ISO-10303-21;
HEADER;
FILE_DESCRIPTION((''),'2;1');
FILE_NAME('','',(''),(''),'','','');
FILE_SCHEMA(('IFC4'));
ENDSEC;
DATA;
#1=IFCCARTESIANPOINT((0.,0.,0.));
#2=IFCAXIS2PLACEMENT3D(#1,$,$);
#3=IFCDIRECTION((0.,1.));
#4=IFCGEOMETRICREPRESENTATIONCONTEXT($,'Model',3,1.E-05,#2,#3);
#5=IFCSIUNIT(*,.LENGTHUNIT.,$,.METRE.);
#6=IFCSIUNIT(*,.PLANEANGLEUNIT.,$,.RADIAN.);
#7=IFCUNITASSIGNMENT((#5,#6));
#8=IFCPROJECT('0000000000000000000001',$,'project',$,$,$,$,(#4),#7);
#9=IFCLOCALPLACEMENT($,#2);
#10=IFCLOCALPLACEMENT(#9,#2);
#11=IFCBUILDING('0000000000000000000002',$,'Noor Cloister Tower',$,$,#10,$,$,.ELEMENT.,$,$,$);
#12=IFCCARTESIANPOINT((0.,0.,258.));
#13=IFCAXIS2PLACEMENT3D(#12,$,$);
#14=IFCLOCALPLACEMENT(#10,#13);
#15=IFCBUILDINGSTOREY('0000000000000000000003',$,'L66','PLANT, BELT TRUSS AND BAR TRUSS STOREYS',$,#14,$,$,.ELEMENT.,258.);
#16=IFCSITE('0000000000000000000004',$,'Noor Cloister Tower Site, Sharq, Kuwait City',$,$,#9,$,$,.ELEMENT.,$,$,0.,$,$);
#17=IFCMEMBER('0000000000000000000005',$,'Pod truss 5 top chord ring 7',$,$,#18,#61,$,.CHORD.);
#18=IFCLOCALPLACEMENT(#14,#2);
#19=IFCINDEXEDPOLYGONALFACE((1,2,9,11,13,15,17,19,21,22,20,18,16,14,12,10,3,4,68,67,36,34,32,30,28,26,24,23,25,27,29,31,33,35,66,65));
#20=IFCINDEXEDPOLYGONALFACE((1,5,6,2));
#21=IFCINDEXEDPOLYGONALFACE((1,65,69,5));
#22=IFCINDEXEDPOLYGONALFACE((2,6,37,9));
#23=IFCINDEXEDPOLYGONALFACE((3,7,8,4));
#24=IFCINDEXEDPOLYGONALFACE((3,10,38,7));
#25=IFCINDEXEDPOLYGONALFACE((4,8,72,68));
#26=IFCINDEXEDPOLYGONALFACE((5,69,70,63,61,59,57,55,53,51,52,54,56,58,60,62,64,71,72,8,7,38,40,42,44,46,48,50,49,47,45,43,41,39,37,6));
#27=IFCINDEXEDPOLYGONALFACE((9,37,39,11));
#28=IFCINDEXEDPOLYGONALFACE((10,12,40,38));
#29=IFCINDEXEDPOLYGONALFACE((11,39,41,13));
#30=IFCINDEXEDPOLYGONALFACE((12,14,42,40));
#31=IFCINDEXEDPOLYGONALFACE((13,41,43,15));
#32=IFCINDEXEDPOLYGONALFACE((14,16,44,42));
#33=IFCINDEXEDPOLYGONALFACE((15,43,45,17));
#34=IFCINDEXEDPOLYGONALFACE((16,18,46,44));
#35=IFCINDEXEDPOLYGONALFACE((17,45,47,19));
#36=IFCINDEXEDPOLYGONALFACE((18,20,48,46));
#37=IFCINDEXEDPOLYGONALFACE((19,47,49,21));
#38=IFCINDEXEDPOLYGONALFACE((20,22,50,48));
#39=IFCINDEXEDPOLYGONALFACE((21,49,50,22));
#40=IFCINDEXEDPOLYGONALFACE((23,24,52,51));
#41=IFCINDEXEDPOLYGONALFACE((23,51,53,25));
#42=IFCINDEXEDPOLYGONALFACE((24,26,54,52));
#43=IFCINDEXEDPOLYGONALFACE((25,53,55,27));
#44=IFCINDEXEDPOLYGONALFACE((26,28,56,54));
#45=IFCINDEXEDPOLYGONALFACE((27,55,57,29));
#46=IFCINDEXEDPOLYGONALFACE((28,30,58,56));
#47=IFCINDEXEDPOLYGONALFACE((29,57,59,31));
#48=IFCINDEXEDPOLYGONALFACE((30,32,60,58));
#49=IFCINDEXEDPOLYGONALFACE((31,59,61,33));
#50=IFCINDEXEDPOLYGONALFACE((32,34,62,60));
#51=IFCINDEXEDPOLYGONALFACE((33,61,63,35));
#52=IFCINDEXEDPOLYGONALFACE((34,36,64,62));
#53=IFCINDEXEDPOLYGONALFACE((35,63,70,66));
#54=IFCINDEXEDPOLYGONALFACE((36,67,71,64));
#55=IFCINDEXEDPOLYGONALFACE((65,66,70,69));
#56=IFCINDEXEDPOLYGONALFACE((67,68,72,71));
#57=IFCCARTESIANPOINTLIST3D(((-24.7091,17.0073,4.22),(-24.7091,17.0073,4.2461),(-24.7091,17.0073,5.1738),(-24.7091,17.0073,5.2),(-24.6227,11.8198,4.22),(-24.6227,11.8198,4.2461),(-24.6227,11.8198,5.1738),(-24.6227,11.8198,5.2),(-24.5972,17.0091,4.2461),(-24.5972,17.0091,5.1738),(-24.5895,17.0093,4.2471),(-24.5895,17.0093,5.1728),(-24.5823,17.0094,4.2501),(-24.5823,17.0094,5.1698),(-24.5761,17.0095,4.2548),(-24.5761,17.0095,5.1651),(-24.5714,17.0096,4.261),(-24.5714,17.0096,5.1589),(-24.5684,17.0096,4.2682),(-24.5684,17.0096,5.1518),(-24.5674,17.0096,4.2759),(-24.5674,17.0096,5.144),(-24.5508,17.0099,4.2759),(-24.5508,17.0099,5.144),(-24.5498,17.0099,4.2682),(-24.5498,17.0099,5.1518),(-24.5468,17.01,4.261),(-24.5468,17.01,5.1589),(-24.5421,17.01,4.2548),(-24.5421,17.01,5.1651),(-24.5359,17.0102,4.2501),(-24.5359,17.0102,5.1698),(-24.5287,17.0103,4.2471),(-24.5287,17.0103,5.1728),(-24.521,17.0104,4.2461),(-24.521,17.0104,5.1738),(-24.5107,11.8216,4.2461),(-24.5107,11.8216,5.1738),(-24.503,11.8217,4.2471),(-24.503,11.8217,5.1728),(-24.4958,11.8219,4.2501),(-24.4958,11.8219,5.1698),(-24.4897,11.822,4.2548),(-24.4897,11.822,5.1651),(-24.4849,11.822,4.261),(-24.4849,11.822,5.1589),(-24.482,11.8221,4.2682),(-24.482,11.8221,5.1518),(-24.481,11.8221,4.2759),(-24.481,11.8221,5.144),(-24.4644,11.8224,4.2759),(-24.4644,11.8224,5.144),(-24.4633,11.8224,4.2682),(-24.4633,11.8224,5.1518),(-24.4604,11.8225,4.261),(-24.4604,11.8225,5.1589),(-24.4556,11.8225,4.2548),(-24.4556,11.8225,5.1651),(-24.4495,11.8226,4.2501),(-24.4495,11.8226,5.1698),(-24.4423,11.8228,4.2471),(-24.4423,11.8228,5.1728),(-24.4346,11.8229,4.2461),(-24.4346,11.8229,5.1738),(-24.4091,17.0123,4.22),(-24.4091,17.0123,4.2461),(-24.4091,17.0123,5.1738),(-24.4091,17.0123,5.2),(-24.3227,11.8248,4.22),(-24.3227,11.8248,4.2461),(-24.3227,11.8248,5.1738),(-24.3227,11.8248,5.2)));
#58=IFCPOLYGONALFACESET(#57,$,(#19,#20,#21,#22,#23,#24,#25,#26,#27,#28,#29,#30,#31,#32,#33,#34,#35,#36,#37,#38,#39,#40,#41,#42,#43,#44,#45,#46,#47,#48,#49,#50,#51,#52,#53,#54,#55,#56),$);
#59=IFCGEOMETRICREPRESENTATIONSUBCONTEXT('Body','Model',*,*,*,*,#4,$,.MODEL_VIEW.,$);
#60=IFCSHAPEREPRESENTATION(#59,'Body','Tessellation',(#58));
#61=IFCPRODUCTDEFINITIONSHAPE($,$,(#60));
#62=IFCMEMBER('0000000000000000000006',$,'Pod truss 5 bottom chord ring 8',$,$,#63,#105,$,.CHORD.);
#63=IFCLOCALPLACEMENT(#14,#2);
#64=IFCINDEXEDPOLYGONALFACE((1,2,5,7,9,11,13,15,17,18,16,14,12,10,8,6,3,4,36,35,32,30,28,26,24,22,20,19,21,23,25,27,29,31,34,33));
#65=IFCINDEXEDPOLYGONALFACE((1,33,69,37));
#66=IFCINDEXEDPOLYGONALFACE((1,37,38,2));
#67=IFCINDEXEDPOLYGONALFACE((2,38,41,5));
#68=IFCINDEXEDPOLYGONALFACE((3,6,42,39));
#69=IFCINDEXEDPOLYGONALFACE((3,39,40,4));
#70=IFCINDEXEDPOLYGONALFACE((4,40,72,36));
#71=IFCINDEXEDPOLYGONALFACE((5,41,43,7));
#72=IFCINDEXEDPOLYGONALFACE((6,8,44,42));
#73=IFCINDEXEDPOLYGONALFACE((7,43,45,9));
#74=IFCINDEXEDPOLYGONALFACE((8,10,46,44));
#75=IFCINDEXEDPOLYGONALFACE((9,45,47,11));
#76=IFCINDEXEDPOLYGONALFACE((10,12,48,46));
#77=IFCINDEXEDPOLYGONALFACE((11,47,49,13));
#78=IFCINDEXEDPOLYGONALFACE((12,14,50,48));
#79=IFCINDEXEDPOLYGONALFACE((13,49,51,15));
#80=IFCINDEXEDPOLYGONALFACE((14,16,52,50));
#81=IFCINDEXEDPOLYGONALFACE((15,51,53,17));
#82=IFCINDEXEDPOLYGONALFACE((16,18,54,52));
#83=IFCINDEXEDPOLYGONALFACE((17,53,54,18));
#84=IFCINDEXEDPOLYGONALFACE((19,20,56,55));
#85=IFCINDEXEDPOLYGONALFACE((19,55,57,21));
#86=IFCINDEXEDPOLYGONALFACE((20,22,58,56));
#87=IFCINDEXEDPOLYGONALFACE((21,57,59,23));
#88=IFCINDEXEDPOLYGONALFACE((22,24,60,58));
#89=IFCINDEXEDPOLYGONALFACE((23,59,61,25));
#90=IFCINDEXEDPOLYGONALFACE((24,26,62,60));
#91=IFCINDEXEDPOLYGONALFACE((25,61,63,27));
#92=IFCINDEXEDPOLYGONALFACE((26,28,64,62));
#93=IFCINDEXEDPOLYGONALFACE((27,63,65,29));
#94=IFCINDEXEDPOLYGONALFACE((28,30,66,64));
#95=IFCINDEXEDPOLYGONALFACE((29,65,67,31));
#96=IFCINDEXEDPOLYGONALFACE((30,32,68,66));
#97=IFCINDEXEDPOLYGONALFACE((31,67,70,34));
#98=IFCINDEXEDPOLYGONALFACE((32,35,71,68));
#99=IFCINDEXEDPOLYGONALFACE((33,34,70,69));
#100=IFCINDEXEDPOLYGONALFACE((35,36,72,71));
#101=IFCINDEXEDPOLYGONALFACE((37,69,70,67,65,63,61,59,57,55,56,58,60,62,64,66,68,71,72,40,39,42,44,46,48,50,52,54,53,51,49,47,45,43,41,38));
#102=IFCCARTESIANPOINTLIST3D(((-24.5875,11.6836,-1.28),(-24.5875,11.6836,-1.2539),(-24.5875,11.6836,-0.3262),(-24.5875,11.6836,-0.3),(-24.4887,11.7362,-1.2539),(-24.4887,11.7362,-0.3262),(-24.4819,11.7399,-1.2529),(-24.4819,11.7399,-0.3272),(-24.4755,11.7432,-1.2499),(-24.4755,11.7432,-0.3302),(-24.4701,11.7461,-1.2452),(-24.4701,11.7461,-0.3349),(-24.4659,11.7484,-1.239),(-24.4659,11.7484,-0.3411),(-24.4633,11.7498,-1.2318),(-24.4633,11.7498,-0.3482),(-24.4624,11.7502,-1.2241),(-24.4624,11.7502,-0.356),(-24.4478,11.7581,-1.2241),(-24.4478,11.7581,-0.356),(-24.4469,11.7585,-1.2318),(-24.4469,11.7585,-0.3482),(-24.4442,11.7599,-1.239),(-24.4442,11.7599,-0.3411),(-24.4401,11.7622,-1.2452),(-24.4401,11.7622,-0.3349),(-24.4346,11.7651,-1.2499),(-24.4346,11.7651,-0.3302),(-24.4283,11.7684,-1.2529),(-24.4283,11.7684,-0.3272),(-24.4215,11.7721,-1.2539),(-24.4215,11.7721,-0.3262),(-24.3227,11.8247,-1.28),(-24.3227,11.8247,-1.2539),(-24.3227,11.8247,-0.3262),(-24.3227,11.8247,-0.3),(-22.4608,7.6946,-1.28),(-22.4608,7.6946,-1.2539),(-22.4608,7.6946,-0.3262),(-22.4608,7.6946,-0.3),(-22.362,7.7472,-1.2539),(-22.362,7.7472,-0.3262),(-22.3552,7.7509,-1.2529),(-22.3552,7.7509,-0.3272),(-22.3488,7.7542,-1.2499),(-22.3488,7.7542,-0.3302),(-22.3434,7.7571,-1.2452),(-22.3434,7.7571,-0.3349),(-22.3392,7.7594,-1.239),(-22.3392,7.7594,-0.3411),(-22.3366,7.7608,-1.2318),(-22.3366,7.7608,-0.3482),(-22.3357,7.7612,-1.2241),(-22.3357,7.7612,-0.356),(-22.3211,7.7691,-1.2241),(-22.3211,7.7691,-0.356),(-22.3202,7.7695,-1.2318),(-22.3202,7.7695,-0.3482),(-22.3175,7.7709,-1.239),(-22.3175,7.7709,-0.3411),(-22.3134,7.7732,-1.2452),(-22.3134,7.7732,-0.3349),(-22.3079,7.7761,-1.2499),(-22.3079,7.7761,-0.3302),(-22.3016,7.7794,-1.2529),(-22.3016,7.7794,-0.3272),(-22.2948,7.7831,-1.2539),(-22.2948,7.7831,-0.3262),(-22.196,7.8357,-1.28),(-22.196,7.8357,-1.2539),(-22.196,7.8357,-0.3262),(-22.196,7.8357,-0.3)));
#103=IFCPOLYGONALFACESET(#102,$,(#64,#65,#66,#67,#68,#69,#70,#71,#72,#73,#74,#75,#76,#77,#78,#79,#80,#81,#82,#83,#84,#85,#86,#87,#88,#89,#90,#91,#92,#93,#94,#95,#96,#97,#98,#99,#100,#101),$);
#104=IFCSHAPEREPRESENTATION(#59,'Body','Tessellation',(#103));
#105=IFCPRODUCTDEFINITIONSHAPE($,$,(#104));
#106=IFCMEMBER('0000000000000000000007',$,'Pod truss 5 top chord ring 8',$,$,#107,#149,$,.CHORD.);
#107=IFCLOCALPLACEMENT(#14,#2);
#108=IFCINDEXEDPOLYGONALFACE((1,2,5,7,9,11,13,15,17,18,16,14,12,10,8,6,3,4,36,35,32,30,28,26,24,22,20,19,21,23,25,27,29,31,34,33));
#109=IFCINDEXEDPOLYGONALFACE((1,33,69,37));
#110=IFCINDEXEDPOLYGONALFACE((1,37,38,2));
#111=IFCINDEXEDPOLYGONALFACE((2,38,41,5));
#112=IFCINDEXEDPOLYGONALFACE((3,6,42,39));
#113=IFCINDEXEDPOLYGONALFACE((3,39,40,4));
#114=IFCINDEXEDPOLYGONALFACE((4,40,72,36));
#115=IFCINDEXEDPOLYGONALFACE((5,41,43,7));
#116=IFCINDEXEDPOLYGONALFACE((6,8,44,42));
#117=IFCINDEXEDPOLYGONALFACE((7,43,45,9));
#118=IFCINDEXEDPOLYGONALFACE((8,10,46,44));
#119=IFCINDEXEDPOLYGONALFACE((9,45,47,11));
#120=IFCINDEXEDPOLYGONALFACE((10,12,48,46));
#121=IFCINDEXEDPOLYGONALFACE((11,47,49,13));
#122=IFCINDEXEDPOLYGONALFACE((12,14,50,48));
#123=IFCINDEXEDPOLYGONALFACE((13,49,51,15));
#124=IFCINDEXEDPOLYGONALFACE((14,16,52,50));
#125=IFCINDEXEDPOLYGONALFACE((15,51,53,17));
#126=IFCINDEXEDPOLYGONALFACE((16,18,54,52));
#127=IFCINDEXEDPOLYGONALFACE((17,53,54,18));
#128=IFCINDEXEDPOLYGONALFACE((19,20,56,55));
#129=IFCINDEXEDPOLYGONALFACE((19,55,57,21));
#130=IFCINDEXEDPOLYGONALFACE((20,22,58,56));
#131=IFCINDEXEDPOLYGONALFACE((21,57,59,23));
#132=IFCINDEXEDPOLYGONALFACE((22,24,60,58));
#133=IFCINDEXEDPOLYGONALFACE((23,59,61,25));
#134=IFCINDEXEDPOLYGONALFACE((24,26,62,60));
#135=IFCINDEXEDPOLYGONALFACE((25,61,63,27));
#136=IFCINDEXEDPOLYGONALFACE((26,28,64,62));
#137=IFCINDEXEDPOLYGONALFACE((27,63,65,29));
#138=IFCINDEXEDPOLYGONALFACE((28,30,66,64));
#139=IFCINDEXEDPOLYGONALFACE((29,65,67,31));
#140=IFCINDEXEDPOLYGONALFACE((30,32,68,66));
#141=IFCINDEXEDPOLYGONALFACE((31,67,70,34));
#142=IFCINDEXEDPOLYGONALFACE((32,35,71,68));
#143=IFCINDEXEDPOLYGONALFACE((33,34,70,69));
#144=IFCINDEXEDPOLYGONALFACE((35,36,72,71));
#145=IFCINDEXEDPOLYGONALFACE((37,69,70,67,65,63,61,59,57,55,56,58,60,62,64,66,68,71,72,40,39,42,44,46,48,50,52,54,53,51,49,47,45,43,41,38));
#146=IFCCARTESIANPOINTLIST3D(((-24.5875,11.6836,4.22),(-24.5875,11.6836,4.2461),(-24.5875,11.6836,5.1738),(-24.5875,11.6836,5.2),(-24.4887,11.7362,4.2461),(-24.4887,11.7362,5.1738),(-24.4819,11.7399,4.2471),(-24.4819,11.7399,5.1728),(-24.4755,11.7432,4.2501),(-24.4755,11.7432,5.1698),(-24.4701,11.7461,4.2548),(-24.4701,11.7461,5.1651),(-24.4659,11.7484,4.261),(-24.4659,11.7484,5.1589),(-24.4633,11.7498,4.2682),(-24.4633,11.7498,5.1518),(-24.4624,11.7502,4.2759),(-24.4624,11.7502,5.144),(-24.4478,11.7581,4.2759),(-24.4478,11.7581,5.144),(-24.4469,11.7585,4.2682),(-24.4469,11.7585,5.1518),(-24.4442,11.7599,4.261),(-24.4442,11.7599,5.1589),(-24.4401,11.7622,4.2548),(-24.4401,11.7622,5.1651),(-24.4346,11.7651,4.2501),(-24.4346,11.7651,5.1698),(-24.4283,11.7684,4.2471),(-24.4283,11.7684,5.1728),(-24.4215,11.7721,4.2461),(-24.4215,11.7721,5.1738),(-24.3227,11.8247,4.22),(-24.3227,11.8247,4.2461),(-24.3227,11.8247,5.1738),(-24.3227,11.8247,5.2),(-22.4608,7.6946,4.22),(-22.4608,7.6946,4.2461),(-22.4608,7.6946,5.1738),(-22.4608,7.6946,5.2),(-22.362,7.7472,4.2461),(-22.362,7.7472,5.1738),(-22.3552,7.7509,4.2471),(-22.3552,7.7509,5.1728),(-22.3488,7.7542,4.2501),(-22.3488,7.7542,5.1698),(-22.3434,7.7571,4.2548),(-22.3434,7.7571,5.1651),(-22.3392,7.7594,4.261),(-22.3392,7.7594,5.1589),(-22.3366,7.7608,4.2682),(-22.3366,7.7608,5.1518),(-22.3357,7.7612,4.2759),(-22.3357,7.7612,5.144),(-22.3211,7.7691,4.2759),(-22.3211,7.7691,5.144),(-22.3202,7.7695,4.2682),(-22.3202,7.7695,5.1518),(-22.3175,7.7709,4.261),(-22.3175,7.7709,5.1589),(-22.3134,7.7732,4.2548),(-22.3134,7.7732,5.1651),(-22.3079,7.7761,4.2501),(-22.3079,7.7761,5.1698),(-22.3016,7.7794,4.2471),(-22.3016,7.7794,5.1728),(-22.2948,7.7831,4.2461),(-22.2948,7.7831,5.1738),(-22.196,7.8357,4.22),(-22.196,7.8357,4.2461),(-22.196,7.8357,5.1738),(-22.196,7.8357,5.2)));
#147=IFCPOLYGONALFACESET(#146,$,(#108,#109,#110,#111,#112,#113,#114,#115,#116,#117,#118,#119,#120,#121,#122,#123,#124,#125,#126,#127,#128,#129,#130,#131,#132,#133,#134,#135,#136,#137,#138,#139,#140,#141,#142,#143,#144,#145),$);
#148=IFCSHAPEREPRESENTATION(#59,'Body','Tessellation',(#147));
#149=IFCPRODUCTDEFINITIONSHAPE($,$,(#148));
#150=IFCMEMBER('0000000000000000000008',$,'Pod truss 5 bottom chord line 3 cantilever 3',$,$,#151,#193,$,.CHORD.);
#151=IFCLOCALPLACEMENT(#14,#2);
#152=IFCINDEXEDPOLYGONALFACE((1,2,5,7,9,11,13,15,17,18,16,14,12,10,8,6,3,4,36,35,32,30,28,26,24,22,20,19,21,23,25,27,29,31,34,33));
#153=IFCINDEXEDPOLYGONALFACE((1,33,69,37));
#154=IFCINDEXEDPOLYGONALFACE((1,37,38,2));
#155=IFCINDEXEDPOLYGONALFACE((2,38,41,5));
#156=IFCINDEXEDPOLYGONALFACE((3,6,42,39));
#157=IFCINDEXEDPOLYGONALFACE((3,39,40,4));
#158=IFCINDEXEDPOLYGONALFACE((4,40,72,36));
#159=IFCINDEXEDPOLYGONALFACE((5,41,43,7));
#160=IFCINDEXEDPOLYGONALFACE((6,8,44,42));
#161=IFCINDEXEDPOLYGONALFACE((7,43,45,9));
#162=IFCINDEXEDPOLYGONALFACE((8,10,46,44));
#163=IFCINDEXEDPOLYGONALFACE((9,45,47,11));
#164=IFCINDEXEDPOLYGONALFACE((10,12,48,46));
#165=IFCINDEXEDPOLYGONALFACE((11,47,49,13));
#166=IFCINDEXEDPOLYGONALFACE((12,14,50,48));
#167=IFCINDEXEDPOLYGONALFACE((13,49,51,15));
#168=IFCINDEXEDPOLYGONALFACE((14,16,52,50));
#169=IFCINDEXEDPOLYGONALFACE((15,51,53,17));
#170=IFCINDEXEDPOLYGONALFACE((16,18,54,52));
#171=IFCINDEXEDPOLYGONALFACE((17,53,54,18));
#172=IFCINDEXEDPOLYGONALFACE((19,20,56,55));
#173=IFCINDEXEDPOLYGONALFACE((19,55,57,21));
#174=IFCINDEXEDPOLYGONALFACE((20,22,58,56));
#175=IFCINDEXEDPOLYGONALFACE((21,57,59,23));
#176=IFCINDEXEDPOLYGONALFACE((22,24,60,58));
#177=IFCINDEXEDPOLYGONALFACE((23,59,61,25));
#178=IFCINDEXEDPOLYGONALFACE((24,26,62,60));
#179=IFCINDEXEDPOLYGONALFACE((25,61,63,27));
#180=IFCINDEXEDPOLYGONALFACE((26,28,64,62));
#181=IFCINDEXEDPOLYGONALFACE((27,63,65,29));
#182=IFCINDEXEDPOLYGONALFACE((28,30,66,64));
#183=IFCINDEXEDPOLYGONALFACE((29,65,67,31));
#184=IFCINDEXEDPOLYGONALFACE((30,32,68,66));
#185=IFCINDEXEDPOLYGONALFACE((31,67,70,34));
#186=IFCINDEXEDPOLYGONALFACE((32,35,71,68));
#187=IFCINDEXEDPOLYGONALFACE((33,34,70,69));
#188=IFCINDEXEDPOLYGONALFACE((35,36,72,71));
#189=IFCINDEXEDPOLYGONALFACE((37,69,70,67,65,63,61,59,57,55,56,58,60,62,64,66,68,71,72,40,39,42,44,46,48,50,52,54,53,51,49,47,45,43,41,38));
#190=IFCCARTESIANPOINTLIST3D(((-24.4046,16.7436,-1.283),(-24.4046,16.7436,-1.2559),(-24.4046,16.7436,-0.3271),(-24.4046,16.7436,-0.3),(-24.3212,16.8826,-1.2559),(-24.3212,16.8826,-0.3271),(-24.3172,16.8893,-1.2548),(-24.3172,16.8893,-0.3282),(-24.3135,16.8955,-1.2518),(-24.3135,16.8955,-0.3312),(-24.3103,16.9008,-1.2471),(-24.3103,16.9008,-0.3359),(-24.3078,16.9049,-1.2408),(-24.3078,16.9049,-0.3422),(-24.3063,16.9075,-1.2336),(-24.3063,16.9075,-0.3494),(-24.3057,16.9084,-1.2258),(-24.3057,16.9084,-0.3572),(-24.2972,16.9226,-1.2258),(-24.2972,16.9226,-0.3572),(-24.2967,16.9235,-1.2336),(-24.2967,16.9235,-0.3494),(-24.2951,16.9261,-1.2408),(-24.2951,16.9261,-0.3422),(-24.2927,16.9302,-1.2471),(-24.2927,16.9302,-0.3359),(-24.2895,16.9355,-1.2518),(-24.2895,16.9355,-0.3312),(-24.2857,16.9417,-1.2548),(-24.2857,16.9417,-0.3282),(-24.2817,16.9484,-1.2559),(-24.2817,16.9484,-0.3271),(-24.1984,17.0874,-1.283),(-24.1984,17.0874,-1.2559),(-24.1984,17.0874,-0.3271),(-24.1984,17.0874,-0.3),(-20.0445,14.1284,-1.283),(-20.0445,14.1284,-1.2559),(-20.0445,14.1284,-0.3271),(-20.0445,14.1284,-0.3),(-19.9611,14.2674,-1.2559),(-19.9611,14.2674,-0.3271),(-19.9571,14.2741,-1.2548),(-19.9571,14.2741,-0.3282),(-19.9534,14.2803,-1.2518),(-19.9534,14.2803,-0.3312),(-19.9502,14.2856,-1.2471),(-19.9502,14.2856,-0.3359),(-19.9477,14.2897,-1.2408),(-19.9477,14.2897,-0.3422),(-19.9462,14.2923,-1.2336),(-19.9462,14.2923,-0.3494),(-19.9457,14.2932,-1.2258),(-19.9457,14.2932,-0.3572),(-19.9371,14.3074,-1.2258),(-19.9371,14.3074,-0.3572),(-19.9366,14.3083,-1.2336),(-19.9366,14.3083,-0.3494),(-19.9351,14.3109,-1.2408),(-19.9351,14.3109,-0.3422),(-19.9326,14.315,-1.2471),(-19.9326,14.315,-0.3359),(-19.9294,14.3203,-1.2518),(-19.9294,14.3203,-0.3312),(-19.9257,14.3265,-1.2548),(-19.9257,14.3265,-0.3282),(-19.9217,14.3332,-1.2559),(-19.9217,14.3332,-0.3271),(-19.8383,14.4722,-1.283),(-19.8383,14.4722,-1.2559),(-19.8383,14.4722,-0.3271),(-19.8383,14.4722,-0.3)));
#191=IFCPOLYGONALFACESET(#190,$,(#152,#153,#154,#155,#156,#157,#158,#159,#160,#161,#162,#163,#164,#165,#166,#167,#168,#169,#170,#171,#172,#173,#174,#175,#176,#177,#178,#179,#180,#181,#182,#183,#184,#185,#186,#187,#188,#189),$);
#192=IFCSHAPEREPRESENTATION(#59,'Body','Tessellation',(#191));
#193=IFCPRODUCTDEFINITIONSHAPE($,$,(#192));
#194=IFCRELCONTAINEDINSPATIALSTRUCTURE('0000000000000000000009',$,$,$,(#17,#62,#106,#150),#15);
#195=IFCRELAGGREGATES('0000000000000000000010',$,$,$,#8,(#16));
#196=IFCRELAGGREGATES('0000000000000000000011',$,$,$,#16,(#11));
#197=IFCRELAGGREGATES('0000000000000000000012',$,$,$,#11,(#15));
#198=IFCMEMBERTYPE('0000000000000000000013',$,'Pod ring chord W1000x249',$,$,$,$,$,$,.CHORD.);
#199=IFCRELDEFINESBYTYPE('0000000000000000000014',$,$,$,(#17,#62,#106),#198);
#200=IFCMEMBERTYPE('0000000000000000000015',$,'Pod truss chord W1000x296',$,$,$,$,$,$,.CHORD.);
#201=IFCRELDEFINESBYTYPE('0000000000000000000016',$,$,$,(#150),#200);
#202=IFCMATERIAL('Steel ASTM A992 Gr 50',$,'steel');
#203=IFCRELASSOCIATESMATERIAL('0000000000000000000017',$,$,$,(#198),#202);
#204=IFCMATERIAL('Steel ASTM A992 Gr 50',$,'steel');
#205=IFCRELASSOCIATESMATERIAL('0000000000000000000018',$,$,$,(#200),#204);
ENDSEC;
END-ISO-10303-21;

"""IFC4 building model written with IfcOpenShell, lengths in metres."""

from ifc_helpers import new_model, si_unit, direction, frame, origin, origin_2d, place, context, subcontext, project, spatial, i_section, extrude, material, material_profile, profile_set, type_object, element, save


model = new_model("IFC4")

# Units and contexts
model_context = context("Model", 3, precision=1e-05, world=origin(), true_north=direction((0.0, 1.0)))
body_context = subcontext(model_context, "Body", "Model", "MODEL_VIEW")
ifc_project = project(units=[si_unit("LENGTHUNIT", "METRE"), si_unit("PLANEANGLEUNIT", "RADIAN")], contexts=[model_context])

# Site, building, storey
site_placement = place(None, origin())
site = spatial("IfcSite", under=ifc_project, at=site_placement, Name="Noor Cloister Tower Site, Sharq, Kuwait City", CompositionType="ELEMENT", RefElevation=0.0)
building_placement = place(site_placement, origin())
building = spatial("IfcBuilding", under=site, at=building_placement, Name="Noor Cloister Tower", CompositionType="ELEMENT")
storey_placement = place(building_placement, frame((0.0, 0.0, 258.0)))
storey = spatial("IfcBuildingStorey", under=building, at=storey_placement, Name="L66", Description="PLANT, BELT TRUSS AND BAR TRUSS STOREYS", CompositionType="ELEMENT", Elevation=258.0)

# Members
ifc_material_1 = material(Name="Steel ASTM A992 Gr 50", Category="steel")
ifc_material_profile_1 = material_profile(ifc_material_1, i_section(OverallWidth=0.3, OverallDepth=0.98, WebThickness=0.0166, FlangeThickness=0.0261, FilletRadius=0.0298, at=origin_2d()), Name="W1000x249")
ifc_profile_set_1 = profile_set([ifc_material_profile_1], Name="Steel ASTM A992 Gr 50")
member_type_1 = type_object("IfcMemberType", Name="Pod ring chord W1000x249", PredefinedType="CHORD", material=ifc_profile_set_1)
for number, where, z_axis, x_axis, name in (
    (1, (-24.5591, 17.0098, 4.71), (0.016658, -0.999861, 0.0), (0.999861, 0.016658, 0.0), "Pod truss 5 top chord ring 7"),
):
    element("IfcMember", number, at=place(storey_placement, frame(where, z_axis=z_axis, x_axis=x_axis)), inside=storey, type_object=member_type_1, Name=name, PredefinedType="CHORD", context=body_context, shape_type="SweptSolid", body=[
        extrude(i_section(OverallWidth=0.3, OverallDepth=0.98, WebThickness=0.0166, FlangeThickness=0.0261, FilletRadius=0.0298, at=origin_2d()), origin(), (0.0, 0.0, 1.0), 5.1882),
    ])
for number, where, z_axis, x_axis, name in (
    (2, (-24.4551, 11.7542, -0.79), (0.470456, -0.882423, 0.0), (0.882423, 0.470456, 0.0), "Pod truss 5 bottom chord ring 8"),
    (3, (-24.4551, 11.7542, 4.71), (0.470456, -0.882423, 0.0), (0.882423, 0.470456, 0.0), "Pod truss 5 top chord ring 8"),
):
    element("IfcMember", number, at=place(storey_placement, frame(where, z_axis=z_axis, x_axis=x_axis)), inside=storey, type_object=member_type_1, Name=name, PredefinedType="CHORD", context=body_context, shape_type="SweptSolid", body=[
        extrude(i_section(OverallWidth=0.3, OverallDepth=0.98, WebThickness=0.0166, FlangeThickness=0.0261, FilletRadius=0.0298, at=origin_2d()), origin(), (0.0, 0.0, 1.0), 4.5205),
    ])
ifc_material_2 = material(Name="Steel ASTM A992 Gr 50", Category="steel")
ifc_material_profile_2 = material_profile(ifc_material_2, i_section(OverallWidth=0.4009, OverallDepth=0.9829, WebThickness=0.0166, FlangeThickness=0.0271, FilletRadius=0.03, at=origin_2d()), Name="W1000x296")
ifc_profile_set_2 = profile_set([ifc_material_profile_2], Name="Steel ASTM A992 Gr 50")
member_type_2 = type_object("IfcMemberType", Name="Pod truss chord W1000x296", PredefinedType="CHORD", material=ifc_profile_set_2)
for number, where, z_axis, x_axis, name in (
    (4, (-19.9414, 14.3003, -0.7915), (-0.857565, 0.514376, 0.0), (-0.514376, -0.857565, 0.0), "Pod truss 5 bottom chord line 3 cantilever 3"),
):
    element("IfcMember", number, at=place(storey_placement, frame(where, z_axis=z_axis, x_axis=x_axis)), inside=storey, type_object=member_type_2, Name=name, PredefinedType="CHORD", context=body_context, shape_type="SweptSolid", body=[
        extrude(i_section(OverallWidth=0.4009, OverallDepth=0.9829, WebThickness=0.0166, FlangeThickness=0.0271, FilletRadius=0.03, at=origin_2d()), origin(), (0.0, 0.0, 1.0), 5.0842),
    ])

save(model, "model.ifc")
